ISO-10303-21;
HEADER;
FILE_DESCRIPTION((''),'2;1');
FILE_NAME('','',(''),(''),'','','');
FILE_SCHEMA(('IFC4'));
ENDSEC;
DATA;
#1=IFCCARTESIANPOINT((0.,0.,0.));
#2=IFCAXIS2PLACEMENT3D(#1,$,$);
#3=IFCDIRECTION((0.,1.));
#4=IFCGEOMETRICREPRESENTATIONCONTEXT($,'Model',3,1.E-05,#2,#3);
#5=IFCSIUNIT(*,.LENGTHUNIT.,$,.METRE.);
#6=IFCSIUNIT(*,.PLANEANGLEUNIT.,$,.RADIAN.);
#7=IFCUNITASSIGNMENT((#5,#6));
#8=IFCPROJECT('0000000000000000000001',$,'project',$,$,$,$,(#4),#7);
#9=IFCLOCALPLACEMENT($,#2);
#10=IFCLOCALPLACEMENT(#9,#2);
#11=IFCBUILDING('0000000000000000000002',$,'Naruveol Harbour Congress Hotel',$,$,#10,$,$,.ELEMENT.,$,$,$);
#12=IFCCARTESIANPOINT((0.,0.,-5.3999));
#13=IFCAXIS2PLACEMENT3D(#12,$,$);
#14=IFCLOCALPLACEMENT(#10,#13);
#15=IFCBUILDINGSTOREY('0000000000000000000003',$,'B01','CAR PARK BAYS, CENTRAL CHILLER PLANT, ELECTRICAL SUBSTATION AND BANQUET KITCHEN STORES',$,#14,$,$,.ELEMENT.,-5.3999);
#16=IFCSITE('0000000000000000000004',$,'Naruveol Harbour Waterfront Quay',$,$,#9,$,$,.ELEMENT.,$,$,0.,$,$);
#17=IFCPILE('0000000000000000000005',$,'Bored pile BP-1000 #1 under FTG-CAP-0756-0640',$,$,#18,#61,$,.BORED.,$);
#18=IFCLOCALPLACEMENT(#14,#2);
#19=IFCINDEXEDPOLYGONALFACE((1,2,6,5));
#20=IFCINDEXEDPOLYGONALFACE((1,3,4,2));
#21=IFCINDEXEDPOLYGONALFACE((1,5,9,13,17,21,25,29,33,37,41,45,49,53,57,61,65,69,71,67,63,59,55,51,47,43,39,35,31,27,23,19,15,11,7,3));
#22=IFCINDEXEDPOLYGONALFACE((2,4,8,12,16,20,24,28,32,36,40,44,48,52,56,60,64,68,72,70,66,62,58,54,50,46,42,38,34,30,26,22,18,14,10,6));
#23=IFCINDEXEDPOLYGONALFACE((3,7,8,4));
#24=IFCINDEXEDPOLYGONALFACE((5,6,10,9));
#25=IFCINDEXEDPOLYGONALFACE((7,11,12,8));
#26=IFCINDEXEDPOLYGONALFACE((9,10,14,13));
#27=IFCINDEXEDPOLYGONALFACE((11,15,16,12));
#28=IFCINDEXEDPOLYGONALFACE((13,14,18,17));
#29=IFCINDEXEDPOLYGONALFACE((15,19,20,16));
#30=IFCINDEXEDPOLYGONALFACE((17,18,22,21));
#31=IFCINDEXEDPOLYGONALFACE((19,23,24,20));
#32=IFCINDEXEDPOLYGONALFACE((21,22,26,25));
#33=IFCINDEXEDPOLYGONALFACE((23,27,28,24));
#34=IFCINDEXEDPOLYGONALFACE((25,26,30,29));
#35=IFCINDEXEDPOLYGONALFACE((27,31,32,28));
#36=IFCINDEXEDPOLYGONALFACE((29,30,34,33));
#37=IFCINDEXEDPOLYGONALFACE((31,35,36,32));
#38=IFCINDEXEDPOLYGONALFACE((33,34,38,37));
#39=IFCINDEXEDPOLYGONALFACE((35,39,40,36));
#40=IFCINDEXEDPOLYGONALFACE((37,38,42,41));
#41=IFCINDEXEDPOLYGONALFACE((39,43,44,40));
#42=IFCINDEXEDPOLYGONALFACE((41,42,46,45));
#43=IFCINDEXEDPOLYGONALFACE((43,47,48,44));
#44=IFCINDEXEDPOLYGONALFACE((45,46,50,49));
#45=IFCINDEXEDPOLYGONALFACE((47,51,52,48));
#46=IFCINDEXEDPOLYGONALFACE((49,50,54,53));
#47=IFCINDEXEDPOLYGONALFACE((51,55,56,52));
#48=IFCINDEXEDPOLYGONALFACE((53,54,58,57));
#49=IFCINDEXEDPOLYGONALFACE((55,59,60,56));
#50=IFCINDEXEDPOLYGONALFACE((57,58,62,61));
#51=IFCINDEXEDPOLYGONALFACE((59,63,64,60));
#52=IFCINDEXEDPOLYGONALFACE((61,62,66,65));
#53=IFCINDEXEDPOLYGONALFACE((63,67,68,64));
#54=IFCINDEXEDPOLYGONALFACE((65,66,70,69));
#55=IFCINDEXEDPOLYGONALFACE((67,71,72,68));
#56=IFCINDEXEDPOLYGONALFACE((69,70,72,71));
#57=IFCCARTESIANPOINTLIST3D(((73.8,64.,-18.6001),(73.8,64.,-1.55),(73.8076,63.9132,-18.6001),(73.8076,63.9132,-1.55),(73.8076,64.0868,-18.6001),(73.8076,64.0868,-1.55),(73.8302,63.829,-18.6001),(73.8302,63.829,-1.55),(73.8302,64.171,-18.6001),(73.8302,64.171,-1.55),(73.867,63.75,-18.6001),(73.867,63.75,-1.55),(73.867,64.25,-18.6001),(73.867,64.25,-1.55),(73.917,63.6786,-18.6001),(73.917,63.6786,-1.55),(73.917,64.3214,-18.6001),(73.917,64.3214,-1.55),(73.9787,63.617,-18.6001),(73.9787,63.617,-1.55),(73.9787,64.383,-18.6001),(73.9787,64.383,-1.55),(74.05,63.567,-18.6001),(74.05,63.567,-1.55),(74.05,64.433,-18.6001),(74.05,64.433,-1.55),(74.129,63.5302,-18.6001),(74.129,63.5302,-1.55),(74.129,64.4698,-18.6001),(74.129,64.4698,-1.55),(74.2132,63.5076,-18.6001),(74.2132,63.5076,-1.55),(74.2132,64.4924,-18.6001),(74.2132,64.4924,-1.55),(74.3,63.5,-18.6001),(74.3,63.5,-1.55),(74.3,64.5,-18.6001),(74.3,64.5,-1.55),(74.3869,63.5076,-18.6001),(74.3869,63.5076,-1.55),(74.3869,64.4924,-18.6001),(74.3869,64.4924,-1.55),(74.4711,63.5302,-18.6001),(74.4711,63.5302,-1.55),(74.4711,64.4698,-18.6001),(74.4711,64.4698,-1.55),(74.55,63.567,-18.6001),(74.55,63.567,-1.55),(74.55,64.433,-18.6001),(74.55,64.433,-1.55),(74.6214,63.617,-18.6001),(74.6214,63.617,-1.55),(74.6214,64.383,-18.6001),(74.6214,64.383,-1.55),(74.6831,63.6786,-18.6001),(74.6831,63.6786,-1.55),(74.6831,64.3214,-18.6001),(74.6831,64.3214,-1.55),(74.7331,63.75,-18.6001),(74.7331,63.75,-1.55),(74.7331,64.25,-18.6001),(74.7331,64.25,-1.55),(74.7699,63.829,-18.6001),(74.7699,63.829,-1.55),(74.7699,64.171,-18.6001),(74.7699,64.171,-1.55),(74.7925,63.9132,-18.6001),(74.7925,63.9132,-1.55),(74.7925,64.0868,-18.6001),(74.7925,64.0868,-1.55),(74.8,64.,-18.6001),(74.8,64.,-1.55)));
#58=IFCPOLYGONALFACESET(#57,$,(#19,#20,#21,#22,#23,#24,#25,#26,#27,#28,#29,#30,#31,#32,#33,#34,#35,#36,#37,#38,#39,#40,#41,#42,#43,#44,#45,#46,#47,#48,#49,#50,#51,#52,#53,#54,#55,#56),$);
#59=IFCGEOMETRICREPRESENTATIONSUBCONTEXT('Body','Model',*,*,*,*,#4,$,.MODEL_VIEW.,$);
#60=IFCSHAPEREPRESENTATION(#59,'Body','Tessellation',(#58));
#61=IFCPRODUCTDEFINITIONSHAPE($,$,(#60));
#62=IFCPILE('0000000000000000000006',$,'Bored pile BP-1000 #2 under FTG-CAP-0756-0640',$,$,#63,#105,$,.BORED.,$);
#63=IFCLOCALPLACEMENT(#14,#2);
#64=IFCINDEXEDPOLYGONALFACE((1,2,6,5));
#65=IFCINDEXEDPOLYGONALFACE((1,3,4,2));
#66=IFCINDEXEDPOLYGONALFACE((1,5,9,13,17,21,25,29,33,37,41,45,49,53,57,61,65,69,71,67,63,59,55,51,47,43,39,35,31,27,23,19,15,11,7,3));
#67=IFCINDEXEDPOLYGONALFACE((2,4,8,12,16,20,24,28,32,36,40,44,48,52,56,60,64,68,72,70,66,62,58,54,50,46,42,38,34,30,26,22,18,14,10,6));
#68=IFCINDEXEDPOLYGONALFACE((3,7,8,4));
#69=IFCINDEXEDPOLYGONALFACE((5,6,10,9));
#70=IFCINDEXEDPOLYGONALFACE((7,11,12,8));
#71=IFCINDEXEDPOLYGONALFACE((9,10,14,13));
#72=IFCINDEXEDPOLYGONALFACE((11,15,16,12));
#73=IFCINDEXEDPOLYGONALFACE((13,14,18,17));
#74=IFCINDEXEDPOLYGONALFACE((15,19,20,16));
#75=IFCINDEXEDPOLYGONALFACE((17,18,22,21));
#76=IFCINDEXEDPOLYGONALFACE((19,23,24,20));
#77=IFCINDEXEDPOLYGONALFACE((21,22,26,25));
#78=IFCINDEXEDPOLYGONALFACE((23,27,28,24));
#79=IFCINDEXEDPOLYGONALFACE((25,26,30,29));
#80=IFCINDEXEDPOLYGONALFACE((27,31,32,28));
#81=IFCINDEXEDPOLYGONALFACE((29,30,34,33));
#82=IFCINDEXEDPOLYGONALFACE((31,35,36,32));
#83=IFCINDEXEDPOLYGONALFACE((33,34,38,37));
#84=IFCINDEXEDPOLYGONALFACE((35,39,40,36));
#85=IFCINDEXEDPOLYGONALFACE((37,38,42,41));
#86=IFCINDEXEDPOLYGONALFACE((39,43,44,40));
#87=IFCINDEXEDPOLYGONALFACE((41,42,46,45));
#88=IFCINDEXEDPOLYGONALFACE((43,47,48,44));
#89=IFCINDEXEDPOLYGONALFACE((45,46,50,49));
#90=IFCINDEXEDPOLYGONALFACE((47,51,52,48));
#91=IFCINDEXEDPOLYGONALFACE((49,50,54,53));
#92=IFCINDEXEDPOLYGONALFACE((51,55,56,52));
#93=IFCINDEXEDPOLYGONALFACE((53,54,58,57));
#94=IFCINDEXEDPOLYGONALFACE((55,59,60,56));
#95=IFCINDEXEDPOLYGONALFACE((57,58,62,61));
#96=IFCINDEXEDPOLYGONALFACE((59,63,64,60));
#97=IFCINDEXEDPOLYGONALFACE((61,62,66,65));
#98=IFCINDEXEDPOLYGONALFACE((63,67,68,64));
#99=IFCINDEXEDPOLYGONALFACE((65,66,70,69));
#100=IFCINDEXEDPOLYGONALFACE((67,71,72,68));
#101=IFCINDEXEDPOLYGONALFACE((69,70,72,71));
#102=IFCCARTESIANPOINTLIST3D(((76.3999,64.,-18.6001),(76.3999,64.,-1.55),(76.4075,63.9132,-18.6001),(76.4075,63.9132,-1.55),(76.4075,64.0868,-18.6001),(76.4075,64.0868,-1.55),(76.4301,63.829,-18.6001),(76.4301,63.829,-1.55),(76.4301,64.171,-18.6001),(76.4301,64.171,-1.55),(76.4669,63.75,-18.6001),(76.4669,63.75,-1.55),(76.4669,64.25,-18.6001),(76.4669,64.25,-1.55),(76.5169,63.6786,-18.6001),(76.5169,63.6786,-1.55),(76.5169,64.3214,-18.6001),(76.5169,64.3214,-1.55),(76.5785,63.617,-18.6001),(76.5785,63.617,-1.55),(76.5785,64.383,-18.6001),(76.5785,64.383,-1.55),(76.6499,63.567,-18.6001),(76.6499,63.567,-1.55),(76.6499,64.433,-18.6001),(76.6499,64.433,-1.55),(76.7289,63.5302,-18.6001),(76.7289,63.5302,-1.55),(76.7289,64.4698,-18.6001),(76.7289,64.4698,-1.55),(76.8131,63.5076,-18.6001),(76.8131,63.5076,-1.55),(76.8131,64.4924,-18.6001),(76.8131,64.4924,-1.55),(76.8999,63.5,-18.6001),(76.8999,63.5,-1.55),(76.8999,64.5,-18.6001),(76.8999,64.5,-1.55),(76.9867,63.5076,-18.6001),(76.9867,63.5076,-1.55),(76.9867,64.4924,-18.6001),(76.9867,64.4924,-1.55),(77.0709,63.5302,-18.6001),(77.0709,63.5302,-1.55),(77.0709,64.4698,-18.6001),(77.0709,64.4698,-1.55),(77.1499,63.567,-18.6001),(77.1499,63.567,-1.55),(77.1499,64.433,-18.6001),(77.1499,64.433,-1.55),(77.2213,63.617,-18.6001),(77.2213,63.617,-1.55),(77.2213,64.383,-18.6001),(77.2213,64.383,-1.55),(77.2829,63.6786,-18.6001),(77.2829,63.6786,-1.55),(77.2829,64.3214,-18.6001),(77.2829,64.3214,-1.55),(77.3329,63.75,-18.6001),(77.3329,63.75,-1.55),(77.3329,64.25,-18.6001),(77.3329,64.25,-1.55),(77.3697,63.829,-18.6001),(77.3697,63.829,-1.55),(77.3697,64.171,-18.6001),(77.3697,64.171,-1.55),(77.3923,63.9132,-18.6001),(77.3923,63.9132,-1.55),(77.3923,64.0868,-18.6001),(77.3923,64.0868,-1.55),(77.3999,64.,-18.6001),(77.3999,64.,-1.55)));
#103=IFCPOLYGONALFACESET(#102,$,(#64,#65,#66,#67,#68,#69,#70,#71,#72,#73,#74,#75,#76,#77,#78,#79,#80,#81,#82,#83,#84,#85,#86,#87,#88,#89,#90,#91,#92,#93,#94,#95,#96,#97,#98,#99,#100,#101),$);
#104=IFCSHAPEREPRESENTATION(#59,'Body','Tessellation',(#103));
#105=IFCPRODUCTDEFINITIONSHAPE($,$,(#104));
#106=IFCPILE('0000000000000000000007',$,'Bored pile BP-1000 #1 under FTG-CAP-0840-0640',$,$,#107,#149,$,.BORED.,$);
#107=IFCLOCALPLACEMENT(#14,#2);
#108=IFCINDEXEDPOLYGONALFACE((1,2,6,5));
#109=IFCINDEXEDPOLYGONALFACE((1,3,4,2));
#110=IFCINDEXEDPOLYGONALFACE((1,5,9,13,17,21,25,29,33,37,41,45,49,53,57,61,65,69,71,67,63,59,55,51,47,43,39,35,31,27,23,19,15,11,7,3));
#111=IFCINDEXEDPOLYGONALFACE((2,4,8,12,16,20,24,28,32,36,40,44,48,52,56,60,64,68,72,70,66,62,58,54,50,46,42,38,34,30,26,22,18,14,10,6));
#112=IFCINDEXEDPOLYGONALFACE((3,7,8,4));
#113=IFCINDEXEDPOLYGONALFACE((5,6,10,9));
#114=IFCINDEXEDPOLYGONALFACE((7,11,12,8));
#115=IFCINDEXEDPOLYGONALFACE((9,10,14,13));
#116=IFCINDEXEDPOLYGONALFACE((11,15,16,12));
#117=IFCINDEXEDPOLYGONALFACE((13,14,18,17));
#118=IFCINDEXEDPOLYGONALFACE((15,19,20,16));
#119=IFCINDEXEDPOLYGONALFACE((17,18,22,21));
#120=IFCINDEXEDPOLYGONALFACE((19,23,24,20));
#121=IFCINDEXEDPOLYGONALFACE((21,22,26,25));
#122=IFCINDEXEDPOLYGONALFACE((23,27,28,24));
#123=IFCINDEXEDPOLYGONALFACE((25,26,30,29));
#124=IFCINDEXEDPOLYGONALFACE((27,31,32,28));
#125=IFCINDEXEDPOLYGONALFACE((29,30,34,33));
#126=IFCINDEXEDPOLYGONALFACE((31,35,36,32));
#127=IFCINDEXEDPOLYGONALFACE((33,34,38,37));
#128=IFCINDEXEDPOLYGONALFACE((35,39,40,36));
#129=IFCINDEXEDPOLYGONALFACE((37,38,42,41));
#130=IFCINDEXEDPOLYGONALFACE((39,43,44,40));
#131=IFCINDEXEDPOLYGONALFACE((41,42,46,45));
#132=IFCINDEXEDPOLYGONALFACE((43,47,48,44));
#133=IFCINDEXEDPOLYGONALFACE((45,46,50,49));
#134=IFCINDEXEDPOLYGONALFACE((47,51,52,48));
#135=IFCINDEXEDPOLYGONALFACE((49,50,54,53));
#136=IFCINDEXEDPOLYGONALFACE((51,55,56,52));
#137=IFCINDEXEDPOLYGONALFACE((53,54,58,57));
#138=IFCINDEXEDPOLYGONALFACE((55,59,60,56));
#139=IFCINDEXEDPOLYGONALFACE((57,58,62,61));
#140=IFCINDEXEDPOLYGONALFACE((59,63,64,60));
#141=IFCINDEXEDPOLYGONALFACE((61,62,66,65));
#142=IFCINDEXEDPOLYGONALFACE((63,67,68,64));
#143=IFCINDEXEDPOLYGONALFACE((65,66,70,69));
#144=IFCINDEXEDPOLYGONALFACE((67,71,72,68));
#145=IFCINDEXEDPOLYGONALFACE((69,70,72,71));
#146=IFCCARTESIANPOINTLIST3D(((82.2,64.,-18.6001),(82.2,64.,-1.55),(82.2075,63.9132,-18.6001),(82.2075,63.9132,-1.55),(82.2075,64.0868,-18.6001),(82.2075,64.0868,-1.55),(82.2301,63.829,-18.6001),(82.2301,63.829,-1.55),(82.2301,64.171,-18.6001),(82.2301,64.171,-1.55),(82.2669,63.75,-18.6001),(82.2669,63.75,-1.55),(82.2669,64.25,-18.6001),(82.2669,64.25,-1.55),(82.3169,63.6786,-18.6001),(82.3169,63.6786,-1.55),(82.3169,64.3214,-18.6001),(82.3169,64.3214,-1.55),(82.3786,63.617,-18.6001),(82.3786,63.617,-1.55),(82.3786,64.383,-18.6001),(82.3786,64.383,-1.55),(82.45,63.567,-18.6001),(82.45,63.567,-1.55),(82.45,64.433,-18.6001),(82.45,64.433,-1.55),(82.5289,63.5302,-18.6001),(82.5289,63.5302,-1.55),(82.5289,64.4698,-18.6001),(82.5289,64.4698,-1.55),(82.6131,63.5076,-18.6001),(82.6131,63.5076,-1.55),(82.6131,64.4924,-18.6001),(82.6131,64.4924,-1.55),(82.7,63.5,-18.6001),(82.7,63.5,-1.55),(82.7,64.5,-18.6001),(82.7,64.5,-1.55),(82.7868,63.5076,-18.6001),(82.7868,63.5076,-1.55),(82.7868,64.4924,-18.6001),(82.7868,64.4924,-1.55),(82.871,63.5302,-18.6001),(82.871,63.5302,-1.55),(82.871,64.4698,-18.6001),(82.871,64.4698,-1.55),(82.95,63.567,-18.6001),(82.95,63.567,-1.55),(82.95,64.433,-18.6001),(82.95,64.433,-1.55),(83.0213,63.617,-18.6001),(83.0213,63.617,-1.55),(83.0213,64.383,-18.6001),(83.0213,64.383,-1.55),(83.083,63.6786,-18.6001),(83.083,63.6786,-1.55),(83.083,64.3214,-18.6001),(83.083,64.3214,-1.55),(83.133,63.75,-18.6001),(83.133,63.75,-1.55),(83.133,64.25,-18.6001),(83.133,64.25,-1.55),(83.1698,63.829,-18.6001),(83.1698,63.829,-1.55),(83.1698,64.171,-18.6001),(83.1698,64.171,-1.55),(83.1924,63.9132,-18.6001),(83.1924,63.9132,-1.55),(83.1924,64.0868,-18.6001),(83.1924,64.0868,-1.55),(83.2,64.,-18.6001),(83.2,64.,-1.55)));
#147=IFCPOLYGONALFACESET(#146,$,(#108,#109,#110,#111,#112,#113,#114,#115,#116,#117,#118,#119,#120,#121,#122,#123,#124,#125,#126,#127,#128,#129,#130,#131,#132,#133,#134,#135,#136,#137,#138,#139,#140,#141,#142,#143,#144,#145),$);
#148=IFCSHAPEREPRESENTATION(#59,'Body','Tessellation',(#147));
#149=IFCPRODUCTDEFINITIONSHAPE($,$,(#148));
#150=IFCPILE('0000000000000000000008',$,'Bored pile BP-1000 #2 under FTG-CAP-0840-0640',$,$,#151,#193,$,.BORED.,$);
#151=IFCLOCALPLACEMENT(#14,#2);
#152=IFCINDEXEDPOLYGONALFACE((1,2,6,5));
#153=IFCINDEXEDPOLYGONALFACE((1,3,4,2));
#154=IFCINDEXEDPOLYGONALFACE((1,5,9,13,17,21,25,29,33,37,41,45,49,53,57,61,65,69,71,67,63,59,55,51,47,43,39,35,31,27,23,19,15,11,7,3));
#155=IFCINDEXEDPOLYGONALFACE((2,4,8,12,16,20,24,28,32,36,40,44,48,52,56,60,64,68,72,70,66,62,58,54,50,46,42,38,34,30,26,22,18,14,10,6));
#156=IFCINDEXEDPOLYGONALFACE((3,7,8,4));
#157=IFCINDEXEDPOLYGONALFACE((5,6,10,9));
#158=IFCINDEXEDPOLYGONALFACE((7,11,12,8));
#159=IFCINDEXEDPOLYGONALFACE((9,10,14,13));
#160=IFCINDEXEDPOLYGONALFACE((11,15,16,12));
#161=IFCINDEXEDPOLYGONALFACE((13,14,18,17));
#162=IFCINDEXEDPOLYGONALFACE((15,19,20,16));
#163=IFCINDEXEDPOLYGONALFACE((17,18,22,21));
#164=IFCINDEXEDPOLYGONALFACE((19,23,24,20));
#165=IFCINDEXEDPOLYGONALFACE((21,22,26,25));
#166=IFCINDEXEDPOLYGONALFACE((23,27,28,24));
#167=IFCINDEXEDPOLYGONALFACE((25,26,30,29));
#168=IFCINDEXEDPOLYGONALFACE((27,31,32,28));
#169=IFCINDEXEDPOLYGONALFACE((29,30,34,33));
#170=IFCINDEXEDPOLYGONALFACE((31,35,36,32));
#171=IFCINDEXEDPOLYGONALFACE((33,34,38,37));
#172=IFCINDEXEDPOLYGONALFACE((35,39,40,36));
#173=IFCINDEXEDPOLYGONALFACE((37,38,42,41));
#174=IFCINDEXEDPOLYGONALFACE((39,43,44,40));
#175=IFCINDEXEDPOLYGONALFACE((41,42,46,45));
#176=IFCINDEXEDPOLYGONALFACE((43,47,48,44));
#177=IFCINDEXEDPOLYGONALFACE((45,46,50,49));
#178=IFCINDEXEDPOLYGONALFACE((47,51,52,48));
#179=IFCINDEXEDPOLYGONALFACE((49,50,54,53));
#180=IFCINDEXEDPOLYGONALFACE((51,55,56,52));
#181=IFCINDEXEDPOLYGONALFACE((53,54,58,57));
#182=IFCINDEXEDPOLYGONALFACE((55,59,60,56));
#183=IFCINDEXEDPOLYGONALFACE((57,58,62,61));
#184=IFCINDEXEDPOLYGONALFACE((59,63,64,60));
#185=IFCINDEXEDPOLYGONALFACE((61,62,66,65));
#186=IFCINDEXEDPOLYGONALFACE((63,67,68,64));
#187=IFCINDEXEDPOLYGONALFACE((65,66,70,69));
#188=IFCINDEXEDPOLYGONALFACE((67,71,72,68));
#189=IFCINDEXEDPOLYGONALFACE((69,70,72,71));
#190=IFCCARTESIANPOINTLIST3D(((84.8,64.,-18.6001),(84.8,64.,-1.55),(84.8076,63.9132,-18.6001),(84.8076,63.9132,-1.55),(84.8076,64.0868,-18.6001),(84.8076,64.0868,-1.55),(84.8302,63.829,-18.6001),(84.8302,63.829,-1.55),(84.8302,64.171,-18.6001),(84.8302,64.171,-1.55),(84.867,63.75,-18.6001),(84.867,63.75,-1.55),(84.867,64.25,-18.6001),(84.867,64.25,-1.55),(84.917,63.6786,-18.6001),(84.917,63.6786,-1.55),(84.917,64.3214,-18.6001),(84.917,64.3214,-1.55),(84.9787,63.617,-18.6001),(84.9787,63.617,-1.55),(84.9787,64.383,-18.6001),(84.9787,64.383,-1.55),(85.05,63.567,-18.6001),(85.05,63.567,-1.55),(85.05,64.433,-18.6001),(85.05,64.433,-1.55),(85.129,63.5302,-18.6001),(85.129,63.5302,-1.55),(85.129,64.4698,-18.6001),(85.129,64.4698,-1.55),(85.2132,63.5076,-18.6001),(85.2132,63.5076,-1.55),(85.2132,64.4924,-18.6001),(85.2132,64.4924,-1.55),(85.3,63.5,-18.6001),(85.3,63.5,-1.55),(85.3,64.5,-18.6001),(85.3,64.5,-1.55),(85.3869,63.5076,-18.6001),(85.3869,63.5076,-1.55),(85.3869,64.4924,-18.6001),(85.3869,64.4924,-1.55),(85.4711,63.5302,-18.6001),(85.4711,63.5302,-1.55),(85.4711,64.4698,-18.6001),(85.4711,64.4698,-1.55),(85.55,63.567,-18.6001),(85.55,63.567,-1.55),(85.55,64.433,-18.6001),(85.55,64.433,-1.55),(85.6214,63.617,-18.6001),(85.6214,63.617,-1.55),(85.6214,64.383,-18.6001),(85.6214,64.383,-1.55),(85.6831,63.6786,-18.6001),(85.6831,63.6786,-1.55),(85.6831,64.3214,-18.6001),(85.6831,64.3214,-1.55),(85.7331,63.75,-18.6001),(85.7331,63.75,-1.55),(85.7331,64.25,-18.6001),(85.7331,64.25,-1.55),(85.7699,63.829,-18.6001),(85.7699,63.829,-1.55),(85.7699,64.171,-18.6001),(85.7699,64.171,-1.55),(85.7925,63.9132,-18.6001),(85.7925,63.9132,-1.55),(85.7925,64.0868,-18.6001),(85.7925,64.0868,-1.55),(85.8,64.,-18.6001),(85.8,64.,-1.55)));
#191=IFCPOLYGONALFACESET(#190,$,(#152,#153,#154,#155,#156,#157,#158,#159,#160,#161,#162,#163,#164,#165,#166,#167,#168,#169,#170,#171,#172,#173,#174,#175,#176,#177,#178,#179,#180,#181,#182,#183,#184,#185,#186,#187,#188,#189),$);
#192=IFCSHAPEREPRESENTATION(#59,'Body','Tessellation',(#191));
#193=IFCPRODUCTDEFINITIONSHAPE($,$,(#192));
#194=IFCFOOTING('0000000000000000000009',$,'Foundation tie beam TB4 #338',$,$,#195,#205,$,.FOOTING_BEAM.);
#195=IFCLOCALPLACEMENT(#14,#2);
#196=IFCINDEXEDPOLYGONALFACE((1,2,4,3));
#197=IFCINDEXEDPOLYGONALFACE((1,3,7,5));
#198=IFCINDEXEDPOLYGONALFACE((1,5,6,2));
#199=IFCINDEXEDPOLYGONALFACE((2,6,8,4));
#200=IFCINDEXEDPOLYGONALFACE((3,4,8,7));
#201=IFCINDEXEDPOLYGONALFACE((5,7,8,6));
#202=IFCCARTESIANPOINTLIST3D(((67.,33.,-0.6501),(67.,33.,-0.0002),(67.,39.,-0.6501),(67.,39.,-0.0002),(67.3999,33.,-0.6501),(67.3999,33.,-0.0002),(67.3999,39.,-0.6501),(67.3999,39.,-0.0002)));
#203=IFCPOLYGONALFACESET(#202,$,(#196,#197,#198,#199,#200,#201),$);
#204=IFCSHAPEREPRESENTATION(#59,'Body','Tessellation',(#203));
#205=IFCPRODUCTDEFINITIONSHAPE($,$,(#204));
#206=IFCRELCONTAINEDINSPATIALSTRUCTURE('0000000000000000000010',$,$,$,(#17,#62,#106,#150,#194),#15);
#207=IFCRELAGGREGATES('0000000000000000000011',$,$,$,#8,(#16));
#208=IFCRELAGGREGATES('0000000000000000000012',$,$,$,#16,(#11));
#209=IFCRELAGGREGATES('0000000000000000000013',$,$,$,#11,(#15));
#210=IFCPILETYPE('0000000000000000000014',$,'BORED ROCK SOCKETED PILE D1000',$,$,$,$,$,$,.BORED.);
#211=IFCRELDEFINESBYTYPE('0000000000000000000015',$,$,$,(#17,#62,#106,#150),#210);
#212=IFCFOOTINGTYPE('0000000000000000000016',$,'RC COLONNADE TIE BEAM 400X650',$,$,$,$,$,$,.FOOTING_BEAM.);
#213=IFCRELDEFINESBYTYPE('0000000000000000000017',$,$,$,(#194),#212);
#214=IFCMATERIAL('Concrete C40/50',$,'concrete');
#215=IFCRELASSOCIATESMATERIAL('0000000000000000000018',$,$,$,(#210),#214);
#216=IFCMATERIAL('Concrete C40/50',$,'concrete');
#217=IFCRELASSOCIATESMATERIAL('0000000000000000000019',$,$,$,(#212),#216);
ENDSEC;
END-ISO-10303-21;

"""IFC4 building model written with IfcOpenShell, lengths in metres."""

from ifc_helpers import new_model, si_unit, direction, frame, origin, origin_2d, place, context, subcontext, project, spatial, rectangle, circle, extrude, material, material_profile, profile_set, type_object, element, save


model = new_model("IFC4")

# Units and contexts
model_context = context("Model", 3, precision=1e-05, world=origin(), true_north=direction((0.0, 1.0)))
body_context = subcontext(model_context, "Body", "Model", "MODEL_VIEW")
ifc_project = project(units=[si_unit("LENGTHUNIT", "METRE"), si_unit("PLANEANGLEUNIT", "RADIAN")], contexts=[model_context])

# Site, building, storey
site_placement = place(None, origin())
site = spatial("IfcSite", under=ifc_project, at=site_placement, Name="Naruveol Harbour Waterfront Quay", CompositionType="ELEMENT", RefElevation=0.0)
building_placement = place(site_placement, origin())
building = spatial("IfcBuilding", under=site, at=building_placement, Name="Naruveol Harbour Congress Hotel", CompositionType="ELEMENT")
storey_placement = place(building_placement, frame((0.0, 0.0, -5.3999)))
storey = spatial("IfcBuildingStorey", under=building, at=storey_placement, Name="B01", Description="CAR PARK BAYS, CENTRAL CHILLER PLANT, ELECTRICAL SUBSTATION AND BANQUET KITCHEN STORES", CompositionType="ELEMENT", Elevation=-5.3999)

# Piles
ifc_material_1 = material(Name="Concrete C40/50", Category="concrete")
ifc_material_profile_1 = material_profile(ifc_material_1, circle(Radius=0.5, at=origin_2d()), Name="BP-1000")
ifc_profile_set_1 = profile_set([ifc_material_profile_1], Name="Concrete C40/50")
pile_type = type_object("IfcPileType", Name="BORED ROCK SOCKETED PILE D1000", PredefinedType="BORED", material=ifc_profile_set_1)
for number, where, z_axis, x_axis, name in (
    (1, (74.3, 64.0, -1.55), (0.0, 0.0, -1.0), (1.0, 0.0, 0.0), "Bored pile BP-1000 #1 under FTG-CAP-0756-0640"),
    (2, (76.8999, 64.0, -1.55), (0.0, 0.0, -1.0), (1.0, 0.0, 0.0), "Bored pile BP-1000 #2 under FTG-CAP-0756-0640"),
    (3, (82.7, 64.0, -1.55), (0.0, 0.0, -1.0), (1.0, 0.0, 0.0), "Bored pile BP-1000 #1 under FTG-CAP-0840-0640"),
    (4, (85.3, 64.0, -1.55), (0.0, 0.0, -1.0), (1.0, 0.0, 0.0), "Bored pile BP-1000 #2 under FTG-CAP-0840-0640"),
):
    element("IfcPile", number, at=place(storey_placement, frame(where, z_axis=z_axis, x_axis=x_axis)), inside=storey, type_object=pile_type, Name=name, PredefinedType="BORED", context=body_context, shape_type="SweptSolid", body=[
        extrude(circle(Radius=0.5, at=origin_2d()), origin(), (0.0, 0.0, 1.0), 17.05),
    ])

# Footing
ifc_material_2 = material(Name="Concrete C40/50", Category="concrete")
ifc_material_profile_2 = material_profile(ifc_material_2, rectangle(XDim=0.3999, YDim=0.6499, at=origin_2d()), Name="RCB-400x650")
ifc_profile_set_2 = profile_set([ifc_material_profile_2], Name="Concrete C40/50")
footing_type_1 = type_object("IfcFootingType", Name="RC COLONNADE TIE BEAM 400X650", PredefinedType="FOOTING_BEAM", material=ifc_profile_set_2)
for number, where, z_axis, x_axis, name in (
    (5, (67.2, 33.0, -0.3252), (0.0, 1.0, 0.0), (-1.0, 0.0, 0.0), "Foundation tie beam TB4 #338"),
):
    element("IfcFooting", number, at=place(storey_placement, frame(where, z_axis=z_axis, x_axis=x_axis)), inside=storey, type_object=footing_type_1, Name=name, PredefinedType="FOOTING_BEAM", context=body_context, shape_type="SweptSolid", body=[
        extrude(rectangle(XDim=0.3999, YDim=0.6499, at=origin_2d()), origin(), (0.0, 0.0, 1.0), 6.0),
    ])

save(model, "model.ifc")
